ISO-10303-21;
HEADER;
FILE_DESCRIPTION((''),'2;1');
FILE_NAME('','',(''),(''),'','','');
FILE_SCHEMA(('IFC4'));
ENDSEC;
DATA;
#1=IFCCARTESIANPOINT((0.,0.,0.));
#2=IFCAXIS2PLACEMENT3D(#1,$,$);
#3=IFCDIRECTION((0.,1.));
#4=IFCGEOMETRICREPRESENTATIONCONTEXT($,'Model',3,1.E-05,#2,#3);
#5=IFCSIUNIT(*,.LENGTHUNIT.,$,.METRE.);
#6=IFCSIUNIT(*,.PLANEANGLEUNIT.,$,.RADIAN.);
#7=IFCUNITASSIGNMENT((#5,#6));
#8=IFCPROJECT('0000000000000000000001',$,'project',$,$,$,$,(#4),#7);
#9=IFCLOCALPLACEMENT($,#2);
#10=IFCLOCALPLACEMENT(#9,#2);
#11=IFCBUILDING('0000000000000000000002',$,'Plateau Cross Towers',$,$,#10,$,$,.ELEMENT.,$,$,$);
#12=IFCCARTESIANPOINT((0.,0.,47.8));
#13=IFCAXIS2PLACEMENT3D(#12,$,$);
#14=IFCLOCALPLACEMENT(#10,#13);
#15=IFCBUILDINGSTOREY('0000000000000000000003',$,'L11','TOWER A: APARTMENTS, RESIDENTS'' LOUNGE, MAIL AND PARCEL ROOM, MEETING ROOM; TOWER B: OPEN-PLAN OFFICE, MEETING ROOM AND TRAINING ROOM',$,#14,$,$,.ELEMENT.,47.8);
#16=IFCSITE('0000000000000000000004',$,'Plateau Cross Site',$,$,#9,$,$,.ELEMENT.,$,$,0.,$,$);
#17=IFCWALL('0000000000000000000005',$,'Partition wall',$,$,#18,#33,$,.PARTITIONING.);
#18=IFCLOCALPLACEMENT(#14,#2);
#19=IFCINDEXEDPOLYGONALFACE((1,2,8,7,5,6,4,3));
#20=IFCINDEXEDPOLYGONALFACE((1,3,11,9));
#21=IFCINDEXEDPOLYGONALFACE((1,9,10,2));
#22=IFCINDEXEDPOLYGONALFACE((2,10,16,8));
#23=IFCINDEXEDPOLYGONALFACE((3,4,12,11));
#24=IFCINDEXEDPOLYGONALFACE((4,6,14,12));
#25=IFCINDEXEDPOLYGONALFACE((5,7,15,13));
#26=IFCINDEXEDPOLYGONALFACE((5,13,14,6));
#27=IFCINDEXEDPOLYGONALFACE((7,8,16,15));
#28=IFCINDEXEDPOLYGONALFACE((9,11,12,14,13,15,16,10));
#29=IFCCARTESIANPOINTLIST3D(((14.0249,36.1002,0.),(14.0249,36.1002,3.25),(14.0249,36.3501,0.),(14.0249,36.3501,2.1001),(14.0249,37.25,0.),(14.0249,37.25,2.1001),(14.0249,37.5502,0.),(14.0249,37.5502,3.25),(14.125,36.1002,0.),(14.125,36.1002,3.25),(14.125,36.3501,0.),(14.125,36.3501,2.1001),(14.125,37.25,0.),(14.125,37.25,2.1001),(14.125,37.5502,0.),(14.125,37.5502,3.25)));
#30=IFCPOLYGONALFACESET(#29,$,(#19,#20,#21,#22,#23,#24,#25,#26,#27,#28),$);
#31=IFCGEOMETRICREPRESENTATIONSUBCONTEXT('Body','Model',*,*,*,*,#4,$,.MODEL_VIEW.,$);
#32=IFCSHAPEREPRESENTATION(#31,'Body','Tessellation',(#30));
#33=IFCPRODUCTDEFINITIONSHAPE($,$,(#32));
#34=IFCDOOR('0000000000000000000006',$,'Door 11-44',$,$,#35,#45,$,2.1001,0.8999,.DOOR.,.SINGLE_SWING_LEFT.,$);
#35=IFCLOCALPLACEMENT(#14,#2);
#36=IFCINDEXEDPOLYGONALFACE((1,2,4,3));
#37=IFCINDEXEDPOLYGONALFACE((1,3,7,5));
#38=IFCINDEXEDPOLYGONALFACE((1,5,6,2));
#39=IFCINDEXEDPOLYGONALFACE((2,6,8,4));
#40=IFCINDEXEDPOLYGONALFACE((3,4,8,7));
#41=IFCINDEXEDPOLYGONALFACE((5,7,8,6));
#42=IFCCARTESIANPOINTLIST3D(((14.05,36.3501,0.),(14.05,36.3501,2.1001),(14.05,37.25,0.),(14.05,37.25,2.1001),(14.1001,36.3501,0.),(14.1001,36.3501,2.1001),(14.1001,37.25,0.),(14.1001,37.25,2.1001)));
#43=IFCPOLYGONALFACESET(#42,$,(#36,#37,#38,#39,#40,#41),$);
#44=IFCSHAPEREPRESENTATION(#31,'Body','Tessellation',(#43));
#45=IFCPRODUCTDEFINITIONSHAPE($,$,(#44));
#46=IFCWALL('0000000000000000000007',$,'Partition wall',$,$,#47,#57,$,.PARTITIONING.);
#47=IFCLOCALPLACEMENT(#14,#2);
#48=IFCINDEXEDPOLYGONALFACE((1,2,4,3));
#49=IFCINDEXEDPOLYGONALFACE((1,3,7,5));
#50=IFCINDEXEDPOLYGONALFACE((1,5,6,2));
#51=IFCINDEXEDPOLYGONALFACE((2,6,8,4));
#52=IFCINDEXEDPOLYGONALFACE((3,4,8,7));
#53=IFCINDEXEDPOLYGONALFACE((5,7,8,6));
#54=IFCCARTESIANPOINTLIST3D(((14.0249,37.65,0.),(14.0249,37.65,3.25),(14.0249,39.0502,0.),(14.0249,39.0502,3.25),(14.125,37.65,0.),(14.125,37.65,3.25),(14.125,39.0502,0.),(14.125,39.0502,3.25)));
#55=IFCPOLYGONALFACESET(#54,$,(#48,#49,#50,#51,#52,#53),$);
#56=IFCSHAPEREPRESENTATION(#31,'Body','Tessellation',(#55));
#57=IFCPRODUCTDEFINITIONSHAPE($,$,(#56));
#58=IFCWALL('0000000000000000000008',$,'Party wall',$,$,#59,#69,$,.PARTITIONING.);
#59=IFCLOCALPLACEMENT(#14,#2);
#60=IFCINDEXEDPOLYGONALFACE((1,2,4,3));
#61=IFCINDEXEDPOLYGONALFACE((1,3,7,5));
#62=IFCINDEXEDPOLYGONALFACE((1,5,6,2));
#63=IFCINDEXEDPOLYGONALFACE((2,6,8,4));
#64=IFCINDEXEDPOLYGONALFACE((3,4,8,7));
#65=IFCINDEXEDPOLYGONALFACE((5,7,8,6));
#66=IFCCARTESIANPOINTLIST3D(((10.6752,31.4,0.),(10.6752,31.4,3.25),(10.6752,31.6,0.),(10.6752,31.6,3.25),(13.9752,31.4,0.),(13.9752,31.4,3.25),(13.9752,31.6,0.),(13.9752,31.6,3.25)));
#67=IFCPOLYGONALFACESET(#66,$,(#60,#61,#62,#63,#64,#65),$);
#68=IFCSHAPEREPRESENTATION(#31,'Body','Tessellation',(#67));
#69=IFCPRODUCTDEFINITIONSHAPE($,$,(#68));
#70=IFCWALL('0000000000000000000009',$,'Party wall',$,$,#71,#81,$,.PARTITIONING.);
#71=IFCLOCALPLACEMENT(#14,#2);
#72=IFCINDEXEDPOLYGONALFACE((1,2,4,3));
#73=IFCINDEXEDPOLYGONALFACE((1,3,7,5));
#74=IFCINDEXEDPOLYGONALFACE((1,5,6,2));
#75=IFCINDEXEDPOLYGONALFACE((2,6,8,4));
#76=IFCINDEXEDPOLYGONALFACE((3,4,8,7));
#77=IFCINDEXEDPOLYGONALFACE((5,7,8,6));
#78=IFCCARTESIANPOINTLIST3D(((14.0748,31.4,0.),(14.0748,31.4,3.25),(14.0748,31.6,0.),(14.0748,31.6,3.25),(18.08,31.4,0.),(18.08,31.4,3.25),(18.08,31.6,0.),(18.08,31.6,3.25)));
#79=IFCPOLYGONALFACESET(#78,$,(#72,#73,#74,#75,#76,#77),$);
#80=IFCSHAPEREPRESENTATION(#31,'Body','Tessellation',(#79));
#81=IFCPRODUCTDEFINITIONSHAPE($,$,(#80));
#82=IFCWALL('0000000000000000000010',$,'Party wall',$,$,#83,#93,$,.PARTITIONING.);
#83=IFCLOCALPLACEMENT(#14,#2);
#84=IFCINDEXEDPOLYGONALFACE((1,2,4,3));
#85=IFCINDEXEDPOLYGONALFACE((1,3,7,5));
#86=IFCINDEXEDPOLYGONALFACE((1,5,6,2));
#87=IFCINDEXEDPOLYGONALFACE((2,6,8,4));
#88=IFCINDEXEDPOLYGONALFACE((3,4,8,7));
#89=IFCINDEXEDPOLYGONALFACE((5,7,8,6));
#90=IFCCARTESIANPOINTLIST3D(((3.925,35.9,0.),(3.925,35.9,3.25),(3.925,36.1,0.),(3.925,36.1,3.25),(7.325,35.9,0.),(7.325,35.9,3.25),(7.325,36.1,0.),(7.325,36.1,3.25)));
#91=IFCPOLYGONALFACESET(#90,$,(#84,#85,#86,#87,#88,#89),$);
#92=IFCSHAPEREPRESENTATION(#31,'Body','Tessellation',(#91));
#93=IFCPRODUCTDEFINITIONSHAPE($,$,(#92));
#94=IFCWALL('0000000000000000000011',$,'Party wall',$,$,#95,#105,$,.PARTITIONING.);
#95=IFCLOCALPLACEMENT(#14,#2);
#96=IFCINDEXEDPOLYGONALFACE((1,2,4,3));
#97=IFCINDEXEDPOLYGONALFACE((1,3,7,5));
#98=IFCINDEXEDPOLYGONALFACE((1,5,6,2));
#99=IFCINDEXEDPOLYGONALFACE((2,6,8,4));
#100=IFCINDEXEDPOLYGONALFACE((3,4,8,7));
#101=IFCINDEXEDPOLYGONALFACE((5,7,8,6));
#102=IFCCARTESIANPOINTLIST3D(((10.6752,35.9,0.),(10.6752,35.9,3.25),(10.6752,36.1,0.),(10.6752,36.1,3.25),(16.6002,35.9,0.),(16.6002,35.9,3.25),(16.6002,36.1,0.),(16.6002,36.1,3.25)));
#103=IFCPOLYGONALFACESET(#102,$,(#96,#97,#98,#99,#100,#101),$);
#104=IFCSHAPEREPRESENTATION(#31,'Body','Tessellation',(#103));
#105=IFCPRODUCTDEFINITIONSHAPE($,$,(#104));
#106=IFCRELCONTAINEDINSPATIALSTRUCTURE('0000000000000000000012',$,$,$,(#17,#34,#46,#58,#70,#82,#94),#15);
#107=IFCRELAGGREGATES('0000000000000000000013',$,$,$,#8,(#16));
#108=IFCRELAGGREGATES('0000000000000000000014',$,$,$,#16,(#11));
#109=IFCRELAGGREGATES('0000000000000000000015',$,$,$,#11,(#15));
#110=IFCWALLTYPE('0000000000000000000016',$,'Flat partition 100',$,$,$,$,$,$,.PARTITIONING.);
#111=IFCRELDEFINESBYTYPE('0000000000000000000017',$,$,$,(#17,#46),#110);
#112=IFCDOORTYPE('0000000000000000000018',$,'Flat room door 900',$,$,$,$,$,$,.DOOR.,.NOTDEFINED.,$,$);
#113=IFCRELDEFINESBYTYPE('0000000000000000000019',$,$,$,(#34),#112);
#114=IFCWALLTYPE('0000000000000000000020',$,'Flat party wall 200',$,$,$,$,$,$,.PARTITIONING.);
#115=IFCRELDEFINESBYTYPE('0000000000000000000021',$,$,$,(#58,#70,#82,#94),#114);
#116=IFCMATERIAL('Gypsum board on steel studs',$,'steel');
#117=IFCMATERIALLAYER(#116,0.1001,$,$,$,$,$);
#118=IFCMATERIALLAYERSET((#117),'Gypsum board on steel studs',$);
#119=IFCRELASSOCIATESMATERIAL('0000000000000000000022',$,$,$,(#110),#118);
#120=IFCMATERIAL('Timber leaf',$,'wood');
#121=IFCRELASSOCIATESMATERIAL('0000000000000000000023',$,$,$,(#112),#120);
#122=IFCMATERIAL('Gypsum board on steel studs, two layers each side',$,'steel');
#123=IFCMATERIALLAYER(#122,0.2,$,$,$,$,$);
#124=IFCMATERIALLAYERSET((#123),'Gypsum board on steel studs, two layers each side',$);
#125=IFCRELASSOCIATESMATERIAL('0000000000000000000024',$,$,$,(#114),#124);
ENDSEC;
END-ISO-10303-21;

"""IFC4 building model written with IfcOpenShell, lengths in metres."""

from ifc_helpers import new_model, si_unit, direction, frame, frame_2d, origin, place, context, subcontext, project, spatial, rectangle, extrude, material, layer, layer_set, type_object, element, fill, save


model = new_model("IFC4")

# Units and contexts
model_context = context("Model", 3, precision=1e-05, world=origin(), true_north=direction((0.0, 1.0)))
body_context = subcontext(model_context, "Body", "Model", "MODEL_VIEW")
ifc_project = project(units=[si_unit("LENGTHUNIT", "METRE"), si_unit("PLANEANGLEUNIT", "RADIAN")], contexts=[model_context])

# Site, building, storey
site_placement = place(None, origin())
site = spatial("IfcSite", under=ifc_project, at=site_placement, Name="Plateau Cross Site", CompositionType="ELEMENT", RefElevation=0.0)
building_placement = place(site_placement, origin())
building = spatial("IfcBuilding", under=site, at=building_placement, Name="Plateau Cross Towers", CompositionType="ELEMENT")
storey_placement = place(building_placement, frame((0.0, 0.0, 47.8)))
storey = spatial("IfcBuildingStorey", under=building, at=storey_placement, Name="L11", Description="TOWER A: APARTMENTS, RESIDENTS' LOUNGE, MAIL AND PARCEL ROOM, MEETING ROOM; TOWER B: OPEN-PLAN OFFICE, MEETING ROOM AND TRAINING ROOM", CompositionType="ELEMENT", Elevation=47.8)

# Shared definitions
ifc_material_1 = material(Name="Gypsum board on steel studs", Category="steel")
ifc_layer_1 = layer(ifc_material_1, 0.1001)
ifc_layer_set_1 = layer_set([ifc_layer_1], Name="Gypsum board on steel studs")
wall_type_1 = type_object("IfcWallType", Name="Flat partition 100", PredefinedType="PARTITIONING", material=ifc_layer_set_1)
ifc_material_2 = material(Name="Timber leaf", Category="wood")
door_type = type_object("IfcDoorType", Name="Flat room door 900", OperationType="NOTDEFINED", PredefinedType="DOOR", material=ifc_material_2)

# Wall, opening, door
wall_1_placement = place(storey_placement, frame((14.075, 36.1001, 0.0), z_axis=(0.0, 0.0, 1.0), x_axis=(0.0, 1.0, 0.0)))
wall_1 = element("IfcWall", 1, at=wall_1_placement, inside=storey, type_object=wall_type_1, Name="Partition wall", PredefinedType="PARTITIONING", context=body_context, shape_type="SweptSolid", body=[
    extrude(rectangle(XDim=1.45, YDim=0.1001, at=frame_2d((0.7251, 0.0))), origin(), (0.0, 0.0, 1.0), 3.25),
])
opening_1_placement = place(wall_1_placement, frame((0.25, 0.0, 0.0)))
opening_1 = element("IfcOpeningElement", 2, at=opening_1_placement, cuts=wall_1, PredefinedType="OPENING", context=body_context, shape_type="SweptSolid", body=[
    extrude(rectangle(XDim=0.8999, YDim=2.1001, at=frame_2d((0.45, 1.05))), frame((0.0, 0.0601, 0.0), z_axis=(0.0, -1.0, 0.0), x_axis=(1.0, 0.0, 0.0)), (0.0, 0.0, 1.0), 0.1201),
])
door_1_placement = place(opening_1_placement, origin())
door_1 = element("IfcDoor", 3, at=door_1_placement, inside=storey, type_object=door_type, Name="Door 11-44", OperationType="SINGLE_SWING_LEFT", OverallHeight=2.1001, OverallWidth=0.8999, PredefinedType="DOOR", context=body_context, shape_type="SweptSolid", body=[
    extrude(rectangle(XDim=0.8999, YDim=2.1001, at=frame_2d((0.45, 1.05))), frame((0.0, 0.0249, 0.0), z_axis=(0.0, -1.0, 0.0), x_axis=(1.0, 0.0, 0.0)), (0.0, 0.0, 1.0), 0.05),
])
fill(opening_1, door_1)

# Walls
wall_2_placement = place(storey_placement, frame((14.075, 37.6499, 0.0), z_axis=(0.0, 0.0, 1.0), x_axis=(0.0, 1.0, 0.0)))
element("IfcWall", 4, at=wall_2_placement, inside=storey, type_object=wall_type_1, Name="Partition wall", PredefinedType="PARTITIONING", context=body_context, shape_type="SweptSolid", body=[
    extrude(rectangle(XDim=1.4001, YDim=0.1001, at=frame_2d((0.7002, 0.0))), origin(), (0.0, 0.0, 1.0), 3.25),
])
ifc_material_3 = material(Name="Gypsum board on steel studs, two layers each side", Category="steel")
ifc_layer_2 = layer(ifc_material_3, 0.2)
ifc_layer_set_2 = layer_set([ifc_layer_2], Name="Gypsum board on steel studs, two layers each side")
wall_type_2 = type_object("IfcWallType", Name="Flat party wall 200", PredefinedType="PARTITIONING", material=ifc_layer_set_2)
wall_3_placement = place(storey_placement, frame((13.9751, 31.5, 0.0), z_axis=(0.0, 0.0, 1.0), x_axis=(-1.0, 0.0, 0.0)))
element("IfcWall", 5, at=wall_3_placement, inside=storey, type_object=wall_type_2, Name="Party wall", PredefinedType="PARTITIONING", context=body_context, shape_type="SweptSolid", body=[
    extrude(rectangle(XDim=3.3, YDim=0.2, at=frame_2d((1.6499, 0.0))), origin(), (0.0, 0.0, 1.0), 3.25),
])
wall_4_placement = place(storey_placement, frame((14.075, 31.5, 0.0), z_axis=(0.0, 0.0, 1.0), x_axis=(1.0, 0.0, 0.0)))
element("IfcWall", 6, at=wall_4_placement, inside=storey, type_object=wall_type_2, Name="Party wall", PredefinedType="PARTITIONING", context=body_context, shape_type="SweptSolid", body=[
    extrude(rectangle(XDim=4.0051, YDim=0.2, at=frame_2d((2.0024, 0.0))), origin(), (0.0, 0.0, 1.0), 3.25),
])
wall_5_placement = place(storey_placement, frame((7.325, 36.0, 0.0), z_axis=(0.0, 0.0, 1.0), x_axis=(-1.0, 0.0, 0.0)))
element("IfcWall", 7, at=wall_5_placement, inside=storey, type_object=wall_type_2, Name="Party wall", PredefinedType="PARTITIONING", context=body_context, shape_type="SweptSolid", body=[
    extrude(rectangle(XDim=3.3999, YDim=0.2, at=frame_2d((1.7, 0.0))), origin(), (0.0, 0.0, 1.0), 3.25),
])
wall_6_placement = place(storey_placement, frame((16.6001, 36.0, 0.0), z_axis=(0.0, 0.0, 1.0), x_axis=(-1.0, 0.0, 0.0)))
element("IfcWall", 8, at=wall_6_placement, inside=storey, type_object=wall_type_2, Name="Party wall", PredefinedType="PARTITIONING", context=body_context, shape_type="SweptSolid", body=[
    extrude(rectangle(XDim=5.925, YDim=0.2, at=frame_2d((2.9624, 0.0))), origin(), (0.0, 0.0, 1.0), 3.25),
])

save(model, "model.ifc")
